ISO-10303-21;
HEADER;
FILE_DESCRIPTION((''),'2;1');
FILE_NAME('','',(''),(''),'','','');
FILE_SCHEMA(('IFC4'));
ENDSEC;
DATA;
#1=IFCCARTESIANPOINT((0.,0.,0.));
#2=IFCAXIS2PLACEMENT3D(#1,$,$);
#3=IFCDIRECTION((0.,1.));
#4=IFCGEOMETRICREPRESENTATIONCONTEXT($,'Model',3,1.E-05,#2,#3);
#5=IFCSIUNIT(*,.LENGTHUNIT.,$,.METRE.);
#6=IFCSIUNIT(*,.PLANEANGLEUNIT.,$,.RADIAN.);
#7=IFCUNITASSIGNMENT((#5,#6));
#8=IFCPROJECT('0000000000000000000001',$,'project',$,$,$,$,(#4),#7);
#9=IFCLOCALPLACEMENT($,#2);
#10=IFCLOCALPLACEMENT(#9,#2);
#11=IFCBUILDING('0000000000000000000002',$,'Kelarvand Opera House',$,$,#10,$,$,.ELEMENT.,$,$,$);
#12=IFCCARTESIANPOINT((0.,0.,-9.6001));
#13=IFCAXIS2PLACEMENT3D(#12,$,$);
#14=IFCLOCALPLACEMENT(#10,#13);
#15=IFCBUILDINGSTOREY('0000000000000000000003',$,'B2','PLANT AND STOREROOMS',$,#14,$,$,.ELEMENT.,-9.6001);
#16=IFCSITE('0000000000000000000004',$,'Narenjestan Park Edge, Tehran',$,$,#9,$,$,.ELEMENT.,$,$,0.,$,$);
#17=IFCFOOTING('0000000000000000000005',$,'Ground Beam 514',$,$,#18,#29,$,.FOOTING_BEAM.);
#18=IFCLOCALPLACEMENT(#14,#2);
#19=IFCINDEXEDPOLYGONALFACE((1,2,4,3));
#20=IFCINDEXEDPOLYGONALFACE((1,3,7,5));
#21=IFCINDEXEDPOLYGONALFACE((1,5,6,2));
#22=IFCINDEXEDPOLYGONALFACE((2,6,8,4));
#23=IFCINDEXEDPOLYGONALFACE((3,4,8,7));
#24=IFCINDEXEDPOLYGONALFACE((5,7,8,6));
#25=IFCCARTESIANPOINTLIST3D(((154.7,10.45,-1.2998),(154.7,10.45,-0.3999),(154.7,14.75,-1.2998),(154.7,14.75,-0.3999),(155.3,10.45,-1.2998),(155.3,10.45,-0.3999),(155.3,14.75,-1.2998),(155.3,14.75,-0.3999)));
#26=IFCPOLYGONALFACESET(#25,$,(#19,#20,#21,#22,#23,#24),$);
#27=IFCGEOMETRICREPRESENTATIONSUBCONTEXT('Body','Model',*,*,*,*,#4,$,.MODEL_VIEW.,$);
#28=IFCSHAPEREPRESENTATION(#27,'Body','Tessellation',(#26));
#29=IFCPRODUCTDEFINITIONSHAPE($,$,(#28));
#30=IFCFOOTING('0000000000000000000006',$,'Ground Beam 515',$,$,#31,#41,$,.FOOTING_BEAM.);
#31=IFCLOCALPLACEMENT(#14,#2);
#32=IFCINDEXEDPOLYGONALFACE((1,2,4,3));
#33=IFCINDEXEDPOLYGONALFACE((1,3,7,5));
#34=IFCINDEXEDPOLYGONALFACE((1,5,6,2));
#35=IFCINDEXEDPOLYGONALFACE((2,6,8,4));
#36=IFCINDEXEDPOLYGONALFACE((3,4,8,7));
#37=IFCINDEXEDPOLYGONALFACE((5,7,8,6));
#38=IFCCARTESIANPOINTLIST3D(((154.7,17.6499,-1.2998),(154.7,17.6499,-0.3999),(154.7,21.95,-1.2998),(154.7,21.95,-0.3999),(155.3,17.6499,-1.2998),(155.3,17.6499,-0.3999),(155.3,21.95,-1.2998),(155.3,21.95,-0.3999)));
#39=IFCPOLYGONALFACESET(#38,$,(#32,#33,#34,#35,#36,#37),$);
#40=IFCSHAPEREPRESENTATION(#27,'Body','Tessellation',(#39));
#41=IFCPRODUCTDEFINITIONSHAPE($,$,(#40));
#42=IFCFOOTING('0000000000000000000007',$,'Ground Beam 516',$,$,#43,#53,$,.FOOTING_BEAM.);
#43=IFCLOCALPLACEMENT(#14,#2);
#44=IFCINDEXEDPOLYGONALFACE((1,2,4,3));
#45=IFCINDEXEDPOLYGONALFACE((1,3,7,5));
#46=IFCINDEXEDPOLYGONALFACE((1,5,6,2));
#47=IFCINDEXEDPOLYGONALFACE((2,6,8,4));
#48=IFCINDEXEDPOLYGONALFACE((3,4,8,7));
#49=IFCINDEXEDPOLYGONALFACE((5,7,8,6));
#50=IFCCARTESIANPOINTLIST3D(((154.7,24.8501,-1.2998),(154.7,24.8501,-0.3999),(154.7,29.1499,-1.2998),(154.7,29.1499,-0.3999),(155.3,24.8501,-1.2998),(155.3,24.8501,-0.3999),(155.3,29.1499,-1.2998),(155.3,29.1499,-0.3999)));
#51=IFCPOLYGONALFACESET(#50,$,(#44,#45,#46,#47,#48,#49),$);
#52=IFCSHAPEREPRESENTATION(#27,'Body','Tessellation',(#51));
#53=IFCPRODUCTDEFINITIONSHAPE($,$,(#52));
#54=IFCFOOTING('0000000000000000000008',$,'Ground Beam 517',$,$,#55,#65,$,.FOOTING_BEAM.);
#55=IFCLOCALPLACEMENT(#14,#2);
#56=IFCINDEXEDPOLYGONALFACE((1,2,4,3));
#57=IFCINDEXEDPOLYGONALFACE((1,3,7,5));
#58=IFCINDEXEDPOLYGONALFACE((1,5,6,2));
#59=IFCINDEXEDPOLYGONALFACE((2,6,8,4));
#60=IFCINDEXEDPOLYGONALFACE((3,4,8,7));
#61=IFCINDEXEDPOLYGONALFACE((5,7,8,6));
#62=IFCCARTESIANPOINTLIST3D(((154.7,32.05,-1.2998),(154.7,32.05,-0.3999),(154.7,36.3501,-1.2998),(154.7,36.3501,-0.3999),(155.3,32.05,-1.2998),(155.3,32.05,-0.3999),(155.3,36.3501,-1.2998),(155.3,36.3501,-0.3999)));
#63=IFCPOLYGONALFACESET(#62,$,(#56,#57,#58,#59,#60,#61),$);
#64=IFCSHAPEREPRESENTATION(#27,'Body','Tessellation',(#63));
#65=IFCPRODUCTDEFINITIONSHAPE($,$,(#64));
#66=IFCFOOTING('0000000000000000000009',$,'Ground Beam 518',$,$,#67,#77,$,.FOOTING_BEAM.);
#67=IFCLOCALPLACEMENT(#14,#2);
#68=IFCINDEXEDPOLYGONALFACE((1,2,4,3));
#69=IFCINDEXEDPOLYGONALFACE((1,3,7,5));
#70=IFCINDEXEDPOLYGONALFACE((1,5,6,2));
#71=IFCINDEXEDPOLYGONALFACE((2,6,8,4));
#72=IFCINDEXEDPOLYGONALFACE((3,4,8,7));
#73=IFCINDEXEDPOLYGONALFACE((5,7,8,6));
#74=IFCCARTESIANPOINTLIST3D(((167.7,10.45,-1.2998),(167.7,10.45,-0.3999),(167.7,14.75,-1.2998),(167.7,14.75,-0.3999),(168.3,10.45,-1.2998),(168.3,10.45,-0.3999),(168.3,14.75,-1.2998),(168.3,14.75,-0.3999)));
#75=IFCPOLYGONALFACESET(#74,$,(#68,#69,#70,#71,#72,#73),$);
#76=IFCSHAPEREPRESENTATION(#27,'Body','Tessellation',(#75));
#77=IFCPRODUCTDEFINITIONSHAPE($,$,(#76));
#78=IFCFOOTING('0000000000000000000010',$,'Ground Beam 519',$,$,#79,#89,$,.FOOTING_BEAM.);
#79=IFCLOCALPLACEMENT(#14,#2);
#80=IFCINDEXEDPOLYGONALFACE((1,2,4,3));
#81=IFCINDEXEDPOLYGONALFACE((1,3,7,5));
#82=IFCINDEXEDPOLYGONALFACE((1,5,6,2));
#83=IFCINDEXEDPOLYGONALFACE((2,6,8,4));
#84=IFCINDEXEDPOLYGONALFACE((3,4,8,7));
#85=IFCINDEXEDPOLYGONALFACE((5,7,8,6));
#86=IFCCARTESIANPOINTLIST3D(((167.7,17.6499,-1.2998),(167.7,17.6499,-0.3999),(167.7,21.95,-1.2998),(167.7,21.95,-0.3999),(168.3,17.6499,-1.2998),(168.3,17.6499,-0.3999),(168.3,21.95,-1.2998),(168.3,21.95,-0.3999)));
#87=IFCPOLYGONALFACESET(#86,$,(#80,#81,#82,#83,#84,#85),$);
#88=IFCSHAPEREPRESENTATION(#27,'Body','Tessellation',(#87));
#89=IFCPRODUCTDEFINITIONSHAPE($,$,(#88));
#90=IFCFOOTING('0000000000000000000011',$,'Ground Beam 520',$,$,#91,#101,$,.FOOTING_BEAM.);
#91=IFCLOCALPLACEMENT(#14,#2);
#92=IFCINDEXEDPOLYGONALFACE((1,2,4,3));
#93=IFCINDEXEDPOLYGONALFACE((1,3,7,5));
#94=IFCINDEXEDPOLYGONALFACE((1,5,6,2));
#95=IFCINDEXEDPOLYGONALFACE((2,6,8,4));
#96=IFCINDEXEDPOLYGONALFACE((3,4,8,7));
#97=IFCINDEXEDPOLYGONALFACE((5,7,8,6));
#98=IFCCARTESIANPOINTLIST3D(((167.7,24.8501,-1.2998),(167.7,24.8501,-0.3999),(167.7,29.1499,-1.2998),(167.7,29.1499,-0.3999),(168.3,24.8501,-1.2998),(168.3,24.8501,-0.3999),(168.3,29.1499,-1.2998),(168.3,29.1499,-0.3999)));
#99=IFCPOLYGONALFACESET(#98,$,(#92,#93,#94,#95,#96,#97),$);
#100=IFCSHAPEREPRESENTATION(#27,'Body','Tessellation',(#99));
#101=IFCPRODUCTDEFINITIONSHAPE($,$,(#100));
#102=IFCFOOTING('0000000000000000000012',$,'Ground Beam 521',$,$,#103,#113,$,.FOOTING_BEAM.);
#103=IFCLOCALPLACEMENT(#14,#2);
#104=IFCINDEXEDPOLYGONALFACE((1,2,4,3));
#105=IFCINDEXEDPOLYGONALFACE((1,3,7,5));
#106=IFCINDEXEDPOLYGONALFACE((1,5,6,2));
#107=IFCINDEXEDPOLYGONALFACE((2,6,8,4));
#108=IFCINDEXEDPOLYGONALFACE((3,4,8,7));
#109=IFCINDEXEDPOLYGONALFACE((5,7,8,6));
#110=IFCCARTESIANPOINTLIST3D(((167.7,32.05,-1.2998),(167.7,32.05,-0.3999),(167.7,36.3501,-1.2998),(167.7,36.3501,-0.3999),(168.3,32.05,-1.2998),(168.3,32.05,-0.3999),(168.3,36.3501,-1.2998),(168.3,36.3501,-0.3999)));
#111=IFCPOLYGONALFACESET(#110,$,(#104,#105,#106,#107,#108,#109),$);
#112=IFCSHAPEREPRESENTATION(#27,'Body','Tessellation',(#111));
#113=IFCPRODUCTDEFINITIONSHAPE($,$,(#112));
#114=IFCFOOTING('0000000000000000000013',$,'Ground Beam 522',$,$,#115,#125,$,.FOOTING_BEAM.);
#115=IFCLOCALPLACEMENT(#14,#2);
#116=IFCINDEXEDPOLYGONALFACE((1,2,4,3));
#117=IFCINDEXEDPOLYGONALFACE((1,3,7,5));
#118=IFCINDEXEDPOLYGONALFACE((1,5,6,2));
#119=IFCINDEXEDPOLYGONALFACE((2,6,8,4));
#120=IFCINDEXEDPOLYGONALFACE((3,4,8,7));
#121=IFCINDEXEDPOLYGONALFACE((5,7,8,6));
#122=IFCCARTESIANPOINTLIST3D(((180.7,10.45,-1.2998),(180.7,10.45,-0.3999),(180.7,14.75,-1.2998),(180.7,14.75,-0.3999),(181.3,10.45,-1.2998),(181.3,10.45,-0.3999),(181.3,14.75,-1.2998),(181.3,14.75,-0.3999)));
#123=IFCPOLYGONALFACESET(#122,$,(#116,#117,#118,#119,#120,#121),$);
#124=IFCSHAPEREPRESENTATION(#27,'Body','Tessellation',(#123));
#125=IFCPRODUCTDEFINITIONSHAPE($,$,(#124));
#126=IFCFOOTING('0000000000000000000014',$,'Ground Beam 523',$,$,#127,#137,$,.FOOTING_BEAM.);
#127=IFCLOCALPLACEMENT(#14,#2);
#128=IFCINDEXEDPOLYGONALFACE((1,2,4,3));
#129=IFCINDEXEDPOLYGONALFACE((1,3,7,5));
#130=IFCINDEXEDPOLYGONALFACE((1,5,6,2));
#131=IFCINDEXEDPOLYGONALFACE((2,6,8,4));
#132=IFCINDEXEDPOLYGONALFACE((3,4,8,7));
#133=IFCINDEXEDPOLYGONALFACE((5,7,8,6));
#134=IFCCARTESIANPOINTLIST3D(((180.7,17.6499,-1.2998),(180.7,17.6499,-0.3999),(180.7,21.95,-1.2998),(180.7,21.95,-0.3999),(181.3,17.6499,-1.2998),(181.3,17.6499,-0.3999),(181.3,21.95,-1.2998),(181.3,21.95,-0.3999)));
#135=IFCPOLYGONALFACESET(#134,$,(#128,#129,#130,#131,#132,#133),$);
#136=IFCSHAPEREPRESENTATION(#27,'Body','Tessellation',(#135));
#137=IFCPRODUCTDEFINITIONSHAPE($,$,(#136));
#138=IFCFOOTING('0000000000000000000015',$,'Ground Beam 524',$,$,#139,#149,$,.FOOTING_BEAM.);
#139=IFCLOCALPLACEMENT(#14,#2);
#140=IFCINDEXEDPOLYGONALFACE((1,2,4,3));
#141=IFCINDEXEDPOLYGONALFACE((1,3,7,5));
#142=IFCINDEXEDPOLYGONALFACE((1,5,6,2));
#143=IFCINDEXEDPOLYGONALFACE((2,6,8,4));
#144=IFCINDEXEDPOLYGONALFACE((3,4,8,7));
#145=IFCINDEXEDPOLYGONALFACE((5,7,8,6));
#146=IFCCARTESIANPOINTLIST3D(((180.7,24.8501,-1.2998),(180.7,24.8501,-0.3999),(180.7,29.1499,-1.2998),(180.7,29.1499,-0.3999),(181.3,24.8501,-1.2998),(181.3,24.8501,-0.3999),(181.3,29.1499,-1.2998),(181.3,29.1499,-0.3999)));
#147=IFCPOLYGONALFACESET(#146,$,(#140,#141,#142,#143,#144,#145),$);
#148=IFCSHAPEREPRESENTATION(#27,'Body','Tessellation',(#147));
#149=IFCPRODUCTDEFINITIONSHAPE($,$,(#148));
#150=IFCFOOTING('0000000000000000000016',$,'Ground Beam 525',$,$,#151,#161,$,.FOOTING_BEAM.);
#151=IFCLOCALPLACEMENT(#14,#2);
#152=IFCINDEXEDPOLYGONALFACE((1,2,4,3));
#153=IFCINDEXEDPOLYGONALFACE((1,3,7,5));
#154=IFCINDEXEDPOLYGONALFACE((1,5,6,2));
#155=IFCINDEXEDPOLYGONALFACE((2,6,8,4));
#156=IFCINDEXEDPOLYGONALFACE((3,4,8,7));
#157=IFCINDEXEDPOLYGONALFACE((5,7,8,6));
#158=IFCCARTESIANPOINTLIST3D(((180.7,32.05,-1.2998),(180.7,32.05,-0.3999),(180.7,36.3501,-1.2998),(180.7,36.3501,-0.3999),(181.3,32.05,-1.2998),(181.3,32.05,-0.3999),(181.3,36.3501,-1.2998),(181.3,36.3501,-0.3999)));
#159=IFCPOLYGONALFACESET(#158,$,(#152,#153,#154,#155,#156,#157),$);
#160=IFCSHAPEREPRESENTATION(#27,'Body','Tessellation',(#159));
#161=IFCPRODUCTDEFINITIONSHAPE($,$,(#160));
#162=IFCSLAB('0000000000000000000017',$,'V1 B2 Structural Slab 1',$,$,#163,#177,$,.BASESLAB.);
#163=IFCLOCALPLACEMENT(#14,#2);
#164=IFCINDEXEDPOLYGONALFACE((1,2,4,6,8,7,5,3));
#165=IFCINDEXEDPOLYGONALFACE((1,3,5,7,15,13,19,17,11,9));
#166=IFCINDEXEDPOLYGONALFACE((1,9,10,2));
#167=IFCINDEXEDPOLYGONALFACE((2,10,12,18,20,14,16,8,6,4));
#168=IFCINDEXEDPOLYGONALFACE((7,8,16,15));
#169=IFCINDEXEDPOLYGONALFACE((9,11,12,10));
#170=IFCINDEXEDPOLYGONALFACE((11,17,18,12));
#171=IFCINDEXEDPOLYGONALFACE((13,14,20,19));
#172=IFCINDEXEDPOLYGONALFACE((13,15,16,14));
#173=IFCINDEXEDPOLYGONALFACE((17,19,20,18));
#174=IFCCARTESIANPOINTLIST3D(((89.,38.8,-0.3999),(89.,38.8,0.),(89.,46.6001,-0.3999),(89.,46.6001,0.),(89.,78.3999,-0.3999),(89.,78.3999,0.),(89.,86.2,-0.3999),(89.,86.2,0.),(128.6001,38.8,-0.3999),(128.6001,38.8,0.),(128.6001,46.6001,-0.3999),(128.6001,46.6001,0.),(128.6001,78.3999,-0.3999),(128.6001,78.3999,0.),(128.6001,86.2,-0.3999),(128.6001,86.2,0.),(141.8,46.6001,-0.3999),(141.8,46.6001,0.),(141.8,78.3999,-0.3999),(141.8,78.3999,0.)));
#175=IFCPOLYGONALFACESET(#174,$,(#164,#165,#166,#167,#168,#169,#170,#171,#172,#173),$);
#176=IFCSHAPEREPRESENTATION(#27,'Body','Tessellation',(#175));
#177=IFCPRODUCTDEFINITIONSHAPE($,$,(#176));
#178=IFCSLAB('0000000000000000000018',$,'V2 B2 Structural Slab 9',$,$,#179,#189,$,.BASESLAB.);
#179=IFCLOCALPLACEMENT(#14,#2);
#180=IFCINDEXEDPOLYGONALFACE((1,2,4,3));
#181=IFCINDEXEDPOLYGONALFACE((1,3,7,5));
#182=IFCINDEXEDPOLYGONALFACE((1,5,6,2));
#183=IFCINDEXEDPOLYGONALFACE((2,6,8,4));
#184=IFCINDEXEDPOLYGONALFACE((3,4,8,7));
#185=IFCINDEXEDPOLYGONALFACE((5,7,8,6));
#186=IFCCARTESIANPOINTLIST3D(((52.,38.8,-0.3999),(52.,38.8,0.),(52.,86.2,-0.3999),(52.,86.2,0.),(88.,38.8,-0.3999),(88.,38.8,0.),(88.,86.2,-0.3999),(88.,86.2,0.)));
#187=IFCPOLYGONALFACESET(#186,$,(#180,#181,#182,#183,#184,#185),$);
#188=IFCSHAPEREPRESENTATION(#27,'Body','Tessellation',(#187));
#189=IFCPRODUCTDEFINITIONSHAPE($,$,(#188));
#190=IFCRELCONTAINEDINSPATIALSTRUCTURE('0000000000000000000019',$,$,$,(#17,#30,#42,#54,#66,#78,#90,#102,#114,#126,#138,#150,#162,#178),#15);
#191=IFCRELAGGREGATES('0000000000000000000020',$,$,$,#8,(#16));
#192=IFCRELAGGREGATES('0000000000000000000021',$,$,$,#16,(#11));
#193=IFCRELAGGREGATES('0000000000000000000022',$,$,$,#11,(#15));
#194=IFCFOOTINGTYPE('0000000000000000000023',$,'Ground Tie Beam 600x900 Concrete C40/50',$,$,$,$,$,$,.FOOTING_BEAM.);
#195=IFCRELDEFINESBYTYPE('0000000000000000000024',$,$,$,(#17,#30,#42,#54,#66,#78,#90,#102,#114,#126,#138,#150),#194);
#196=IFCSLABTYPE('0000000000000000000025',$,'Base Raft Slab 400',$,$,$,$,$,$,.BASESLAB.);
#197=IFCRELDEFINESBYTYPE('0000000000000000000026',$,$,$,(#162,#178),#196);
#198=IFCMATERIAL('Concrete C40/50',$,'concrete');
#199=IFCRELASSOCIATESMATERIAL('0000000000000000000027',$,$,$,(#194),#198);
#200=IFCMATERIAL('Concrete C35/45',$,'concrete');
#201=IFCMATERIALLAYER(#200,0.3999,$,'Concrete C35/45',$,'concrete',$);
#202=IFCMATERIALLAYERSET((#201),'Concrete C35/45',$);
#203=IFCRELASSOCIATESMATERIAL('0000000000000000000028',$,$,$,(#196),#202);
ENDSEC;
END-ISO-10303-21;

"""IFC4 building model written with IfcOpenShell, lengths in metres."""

from ifc_helpers import new_model, si_unit, direction, frame, origin, place, context, subcontext, project, spatial, polyline, outline, extrude, material, layer, layer_set, type_object, element, save


model = new_model("IFC4")

# Units and contexts
model_context = context("Model", 3, precision=1e-05, world=origin(), true_north=direction((0.0, 1.0)))
body_context = subcontext(model_context, "Body", "Model", "MODEL_VIEW")
ifc_project = project(units=[si_unit("LENGTHUNIT", "METRE"), si_unit("PLANEANGLEUNIT", "RADIAN")], contexts=[model_context])

# Site, building, storey
site_placement = place(None, origin())
site = spatial("IfcSite", under=ifc_project, at=site_placement, Name="Narenjestan Park Edge, Tehran", CompositionType="ELEMENT", RefElevation=0.0)
building_placement = place(site_placement, origin())
building = spatial("IfcBuilding", under=site, at=building_placement, Name="Kelarvand Opera House", CompositionType="ELEMENT")
storey_placement = place(building_placement, frame((0.0, 0.0, -9.6001)))
storey = spatial("IfcBuildingStorey", under=building, at=storey_placement, Name="B2", Description="PLANT AND STOREROOMS", CompositionType="ELEMENT", Elevation=-9.6001)

# Footings
ifc_material_1 = material(Name="Concrete C40/50", Category="concrete")
footing_type = type_object("IfcFootingType", Name="Ground Tie Beam 600x900 Concrete C40/50", PredefinedType="FOOTING_BEAM", material=ifc_material_1)
footing_1_placement = place(storey_placement, frame((0.0, 0.0, -1.2998)))
element("IfcFooting", 1, at=footing_1_placement, inside=storey, type_object=footing_type, Name="Ground Beam 514", PredefinedType="FOOTING_BEAM", context=body_context, shape_type="SweptSolid", body=[
    extrude(outline(polyline([(154.7, 10.45), (155.3, 10.45), (155.3, 14.75), (154.7, 14.75), (154.7, 10.45)])), origin(), (0.0, 0.0, 1.0), 0.8999),
])
footing_2_placement = place(storey_placement, frame((0.0, 0.0, -1.2998)))
element("IfcFooting", 2, at=footing_2_placement, inside=storey, type_object=footing_type, Name="Ground Beam 515", PredefinedType="FOOTING_BEAM", context=body_context, shape_type="SweptSolid", body=[
    extrude(outline(polyline([(154.7, 17.6499), (155.3, 17.6499), (155.3, 21.95), (154.7, 21.95), (154.7, 17.6499)])), origin(), (0.0, 0.0, 1.0), 0.8999),
])
footing_3_placement = place(storey_placement, frame((0.0, 0.0, -1.2998)))
element("IfcFooting", 3, at=footing_3_placement, inside=storey, type_object=footing_type, Name="Ground Beam 516", PredefinedType="FOOTING_BEAM", context=body_context, shape_type="SweptSolid", body=[
    extrude(outline(polyline([(154.7, 24.8501), (155.3, 24.8501), (155.3, 29.1499), (154.7, 29.1499), (154.7, 24.8501)])), origin(), (0.0, 0.0, 1.0), 0.8999),
])
footing_4_placement = place(storey_placement, frame((0.0, 0.0, -1.2998)))
element("IfcFooting", 4, at=footing_4_placement, inside=storey, type_object=footing_type, Name="Ground Beam 517", PredefinedType="FOOTING_BEAM", context=body_context, shape_type="SweptSolid", body=[
    extrude(outline(polyline([(154.7, 32.05), (155.3, 32.05), (155.3, 36.3501), (154.7, 36.3501), (154.7, 32.05)])), origin(), (0.0, 0.0, 1.0), 0.8999),
])
footing_5_placement = place(storey_placement, frame((0.0, 0.0, -1.2998)))
element("IfcFooting", 5, at=footing_5_placement, inside=storey, type_object=footing_type, Name="Ground Beam 518", PredefinedType="FOOTING_BEAM", context=body_context, shape_type="SweptSolid", body=[
    extrude(outline(polyline([(167.7, 10.45), (168.3, 10.45), (168.3, 14.75), (167.7, 14.75), (167.7, 10.45)])), origin(), (0.0, 0.0, 1.0), 0.8999),
])
footing_6_placement = place(storey_placement, frame((0.0, 0.0, -1.2998)))
element("IfcFooting", 6, at=footing_6_placement, inside=storey, type_object=footing_type, Name="Ground Beam 519", PredefinedType="FOOTING_BEAM", context=body_context, shape_type="SweptSolid", body=[
    extrude(outline(polyline([(167.7, 17.6499), (168.3, 17.6499), (168.3, 21.95), (167.7, 21.95), (167.7, 17.6499)])), origin(), (0.0, 0.0, 1.0), 0.8999),
])
footing_7_placement = place(storey_placement, frame((0.0, 0.0, -1.2998)))
element("IfcFooting", 7, at=footing_7_placement, inside=storey, type_object=footing_type, Name="Ground Beam 520", PredefinedType="FOOTING_BEAM", context=body_context, shape_type="SweptSolid", body=[
    extrude(outline(polyline([(167.7, 24.8501), (168.3, 24.8501), (168.3, 29.1499), (167.7, 29.1499), (167.7, 24.8501)])), origin(), (0.0, 0.0, 1.0), 0.8999),
])
footing_8_placement = place(storey_placement, frame((0.0, 0.0, -1.2998)))
element("IfcFooting", 8, at=footing_8_placement, inside=storey, type_object=footing_type, Name="Ground Beam 521", PredefinedType="FOOTING_BEAM", context=body_context, shape_type="SweptSolid", body=[
    extrude(outline(polyline([(167.7, 32.05), (168.3, 32.05), (168.3, 36.3501), (167.7, 36.3501), (167.7, 32.05)])), origin(), (0.0, 0.0, 1.0), 0.8999),
])
footing_9_placement = place(storey_placement, frame((0.0, 0.0, -1.2998)))
element("IfcFooting", 9, at=footing_9_placement, inside=storey, type_object=footing_type, Name="Ground Beam 522", PredefinedType="FOOTING_BEAM", context=body_context, shape_type="SweptSolid", body=[
    extrude(outline(polyline([(180.7, 10.45), (181.3, 10.45), (181.3, 14.75), (180.7, 14.75), (180.7, 10.45)])), origin(), (0.0, 0.0, 1.0), 0.8999),
])
footing_10_placement = place(storey_placement, frame((0.0, 0.0, -1.2998)))
element("IfcFooting", 10, at=footing_10_placement, inside=storey, type_object=footing_type, Name="Ground Beam 523", PredefinedType="FOOTING_BEAM", context=body_context, shape_type="SweptSolid", body=[
    extrude(outline(polyline([(180.7, 17.6499), (181.3, 17.6499), (181.3, 21.95), (180.7, 21.95), (180.7, 17.6499)])), origin(), (0.0, 0.0, 1.0), 0.8999),
])
footing_11_placement = place(storey_placement, frame((0.0, 0.0, -1.2998)))
element("IfcFooting", 11, at=footing_11_placement, inside=storey, type_object=footing_type, Name="Ground Beam 524", PredefinedType="FOOTING_BEAM", context=body_context, shape_type="SweptSolid", body=[
    extrude(outline(polyline([(180.7, 24.8501), (181.3, 24.8501), (181.3, 29.1499), (180.7, 29.1499), (180.7, 24.8501)])), origin(), (0.0, 0.0, 1.0), 0.8999),
])
footing_12_placement = place(storey_placement, frame((0.0, 0.0, -1.2998)))
element("IfcFooting", 12, at=footing_12_placement, inside=storey, type_object=footing_type, Name="Ground Beam 525", PredefinedType="FOOTING_BEAM", context=body_context, shape_type="SweptSolid", body=[
    extrude(outline(polyline([(180.7, 32.05), (181.3, 32.05), (181.3, 36.3501), (180.7, 36.3501), (180.7, 32.05)])), origin(), (0.0, 0.0, 1.0), 0.8999),
])

# Slabs
ifc_material_2 = material(Name="Concrete C35/45", Category="concrete")
ifc_layer_1 = layer(ifc_material_2, 0.3999, Name="Concrete C35/45", Category="concrete")
ifc_layer_set_1 = layer_set([ifc_layer_1], Name="Concrete C35/45")
slab_type_1 = type_object("IfcSlabType", Name="Base Raft Slab 400", PredefinedType="BASESLAB", material=ifc_layer_set_1)
slab_1_placement = place(storey_placement, frame((0.0, 0.0, -0.3999)))
element("IfcSlab", 13, at=slab_1_placement, inside=storey, type_object=slab_type_1, Name="V1 B2 Structural Slab 1", PredefinedType="BASESLAB", context=body_context, shape_type="SweptSolid", body=[
    extrude(outline(polyline([(128.6001, 38.8), (89.0, 38.8), (89.0, 46.6001), (89.0, 78.3999), (89.0, 86.2), (128.6001, 86.2), (128.6001, 78.3999), (141.8, 78.3999), (141.8, 46.6001), (128.6001, 46.6001), (128.6001, 38.8)])), origin(), (0.0, 0.0, 1.0), 0.3999),
])
slab_2_placement = place(storey_placement, frame((0.0, 0.0, -0.3999)))
element("IfcSlab", 14, at=slab_2_placement, inside=storey, type_object=slab_type_1, Name="V2 B2 Structural Slab 9", PredefinedType="BASESLAB", context=body_context, shape_type="SweptSolid", body=[
    extrude(outline(polyline([(88.0, 38.8), (88.0, 86.2), (52.0, 86.2), (52.0, 38.8), (88.0, 38.8)])), origin(), (0.0, 0.0, 1.0), 0.3999),
])

save(model, "model.ifc")
